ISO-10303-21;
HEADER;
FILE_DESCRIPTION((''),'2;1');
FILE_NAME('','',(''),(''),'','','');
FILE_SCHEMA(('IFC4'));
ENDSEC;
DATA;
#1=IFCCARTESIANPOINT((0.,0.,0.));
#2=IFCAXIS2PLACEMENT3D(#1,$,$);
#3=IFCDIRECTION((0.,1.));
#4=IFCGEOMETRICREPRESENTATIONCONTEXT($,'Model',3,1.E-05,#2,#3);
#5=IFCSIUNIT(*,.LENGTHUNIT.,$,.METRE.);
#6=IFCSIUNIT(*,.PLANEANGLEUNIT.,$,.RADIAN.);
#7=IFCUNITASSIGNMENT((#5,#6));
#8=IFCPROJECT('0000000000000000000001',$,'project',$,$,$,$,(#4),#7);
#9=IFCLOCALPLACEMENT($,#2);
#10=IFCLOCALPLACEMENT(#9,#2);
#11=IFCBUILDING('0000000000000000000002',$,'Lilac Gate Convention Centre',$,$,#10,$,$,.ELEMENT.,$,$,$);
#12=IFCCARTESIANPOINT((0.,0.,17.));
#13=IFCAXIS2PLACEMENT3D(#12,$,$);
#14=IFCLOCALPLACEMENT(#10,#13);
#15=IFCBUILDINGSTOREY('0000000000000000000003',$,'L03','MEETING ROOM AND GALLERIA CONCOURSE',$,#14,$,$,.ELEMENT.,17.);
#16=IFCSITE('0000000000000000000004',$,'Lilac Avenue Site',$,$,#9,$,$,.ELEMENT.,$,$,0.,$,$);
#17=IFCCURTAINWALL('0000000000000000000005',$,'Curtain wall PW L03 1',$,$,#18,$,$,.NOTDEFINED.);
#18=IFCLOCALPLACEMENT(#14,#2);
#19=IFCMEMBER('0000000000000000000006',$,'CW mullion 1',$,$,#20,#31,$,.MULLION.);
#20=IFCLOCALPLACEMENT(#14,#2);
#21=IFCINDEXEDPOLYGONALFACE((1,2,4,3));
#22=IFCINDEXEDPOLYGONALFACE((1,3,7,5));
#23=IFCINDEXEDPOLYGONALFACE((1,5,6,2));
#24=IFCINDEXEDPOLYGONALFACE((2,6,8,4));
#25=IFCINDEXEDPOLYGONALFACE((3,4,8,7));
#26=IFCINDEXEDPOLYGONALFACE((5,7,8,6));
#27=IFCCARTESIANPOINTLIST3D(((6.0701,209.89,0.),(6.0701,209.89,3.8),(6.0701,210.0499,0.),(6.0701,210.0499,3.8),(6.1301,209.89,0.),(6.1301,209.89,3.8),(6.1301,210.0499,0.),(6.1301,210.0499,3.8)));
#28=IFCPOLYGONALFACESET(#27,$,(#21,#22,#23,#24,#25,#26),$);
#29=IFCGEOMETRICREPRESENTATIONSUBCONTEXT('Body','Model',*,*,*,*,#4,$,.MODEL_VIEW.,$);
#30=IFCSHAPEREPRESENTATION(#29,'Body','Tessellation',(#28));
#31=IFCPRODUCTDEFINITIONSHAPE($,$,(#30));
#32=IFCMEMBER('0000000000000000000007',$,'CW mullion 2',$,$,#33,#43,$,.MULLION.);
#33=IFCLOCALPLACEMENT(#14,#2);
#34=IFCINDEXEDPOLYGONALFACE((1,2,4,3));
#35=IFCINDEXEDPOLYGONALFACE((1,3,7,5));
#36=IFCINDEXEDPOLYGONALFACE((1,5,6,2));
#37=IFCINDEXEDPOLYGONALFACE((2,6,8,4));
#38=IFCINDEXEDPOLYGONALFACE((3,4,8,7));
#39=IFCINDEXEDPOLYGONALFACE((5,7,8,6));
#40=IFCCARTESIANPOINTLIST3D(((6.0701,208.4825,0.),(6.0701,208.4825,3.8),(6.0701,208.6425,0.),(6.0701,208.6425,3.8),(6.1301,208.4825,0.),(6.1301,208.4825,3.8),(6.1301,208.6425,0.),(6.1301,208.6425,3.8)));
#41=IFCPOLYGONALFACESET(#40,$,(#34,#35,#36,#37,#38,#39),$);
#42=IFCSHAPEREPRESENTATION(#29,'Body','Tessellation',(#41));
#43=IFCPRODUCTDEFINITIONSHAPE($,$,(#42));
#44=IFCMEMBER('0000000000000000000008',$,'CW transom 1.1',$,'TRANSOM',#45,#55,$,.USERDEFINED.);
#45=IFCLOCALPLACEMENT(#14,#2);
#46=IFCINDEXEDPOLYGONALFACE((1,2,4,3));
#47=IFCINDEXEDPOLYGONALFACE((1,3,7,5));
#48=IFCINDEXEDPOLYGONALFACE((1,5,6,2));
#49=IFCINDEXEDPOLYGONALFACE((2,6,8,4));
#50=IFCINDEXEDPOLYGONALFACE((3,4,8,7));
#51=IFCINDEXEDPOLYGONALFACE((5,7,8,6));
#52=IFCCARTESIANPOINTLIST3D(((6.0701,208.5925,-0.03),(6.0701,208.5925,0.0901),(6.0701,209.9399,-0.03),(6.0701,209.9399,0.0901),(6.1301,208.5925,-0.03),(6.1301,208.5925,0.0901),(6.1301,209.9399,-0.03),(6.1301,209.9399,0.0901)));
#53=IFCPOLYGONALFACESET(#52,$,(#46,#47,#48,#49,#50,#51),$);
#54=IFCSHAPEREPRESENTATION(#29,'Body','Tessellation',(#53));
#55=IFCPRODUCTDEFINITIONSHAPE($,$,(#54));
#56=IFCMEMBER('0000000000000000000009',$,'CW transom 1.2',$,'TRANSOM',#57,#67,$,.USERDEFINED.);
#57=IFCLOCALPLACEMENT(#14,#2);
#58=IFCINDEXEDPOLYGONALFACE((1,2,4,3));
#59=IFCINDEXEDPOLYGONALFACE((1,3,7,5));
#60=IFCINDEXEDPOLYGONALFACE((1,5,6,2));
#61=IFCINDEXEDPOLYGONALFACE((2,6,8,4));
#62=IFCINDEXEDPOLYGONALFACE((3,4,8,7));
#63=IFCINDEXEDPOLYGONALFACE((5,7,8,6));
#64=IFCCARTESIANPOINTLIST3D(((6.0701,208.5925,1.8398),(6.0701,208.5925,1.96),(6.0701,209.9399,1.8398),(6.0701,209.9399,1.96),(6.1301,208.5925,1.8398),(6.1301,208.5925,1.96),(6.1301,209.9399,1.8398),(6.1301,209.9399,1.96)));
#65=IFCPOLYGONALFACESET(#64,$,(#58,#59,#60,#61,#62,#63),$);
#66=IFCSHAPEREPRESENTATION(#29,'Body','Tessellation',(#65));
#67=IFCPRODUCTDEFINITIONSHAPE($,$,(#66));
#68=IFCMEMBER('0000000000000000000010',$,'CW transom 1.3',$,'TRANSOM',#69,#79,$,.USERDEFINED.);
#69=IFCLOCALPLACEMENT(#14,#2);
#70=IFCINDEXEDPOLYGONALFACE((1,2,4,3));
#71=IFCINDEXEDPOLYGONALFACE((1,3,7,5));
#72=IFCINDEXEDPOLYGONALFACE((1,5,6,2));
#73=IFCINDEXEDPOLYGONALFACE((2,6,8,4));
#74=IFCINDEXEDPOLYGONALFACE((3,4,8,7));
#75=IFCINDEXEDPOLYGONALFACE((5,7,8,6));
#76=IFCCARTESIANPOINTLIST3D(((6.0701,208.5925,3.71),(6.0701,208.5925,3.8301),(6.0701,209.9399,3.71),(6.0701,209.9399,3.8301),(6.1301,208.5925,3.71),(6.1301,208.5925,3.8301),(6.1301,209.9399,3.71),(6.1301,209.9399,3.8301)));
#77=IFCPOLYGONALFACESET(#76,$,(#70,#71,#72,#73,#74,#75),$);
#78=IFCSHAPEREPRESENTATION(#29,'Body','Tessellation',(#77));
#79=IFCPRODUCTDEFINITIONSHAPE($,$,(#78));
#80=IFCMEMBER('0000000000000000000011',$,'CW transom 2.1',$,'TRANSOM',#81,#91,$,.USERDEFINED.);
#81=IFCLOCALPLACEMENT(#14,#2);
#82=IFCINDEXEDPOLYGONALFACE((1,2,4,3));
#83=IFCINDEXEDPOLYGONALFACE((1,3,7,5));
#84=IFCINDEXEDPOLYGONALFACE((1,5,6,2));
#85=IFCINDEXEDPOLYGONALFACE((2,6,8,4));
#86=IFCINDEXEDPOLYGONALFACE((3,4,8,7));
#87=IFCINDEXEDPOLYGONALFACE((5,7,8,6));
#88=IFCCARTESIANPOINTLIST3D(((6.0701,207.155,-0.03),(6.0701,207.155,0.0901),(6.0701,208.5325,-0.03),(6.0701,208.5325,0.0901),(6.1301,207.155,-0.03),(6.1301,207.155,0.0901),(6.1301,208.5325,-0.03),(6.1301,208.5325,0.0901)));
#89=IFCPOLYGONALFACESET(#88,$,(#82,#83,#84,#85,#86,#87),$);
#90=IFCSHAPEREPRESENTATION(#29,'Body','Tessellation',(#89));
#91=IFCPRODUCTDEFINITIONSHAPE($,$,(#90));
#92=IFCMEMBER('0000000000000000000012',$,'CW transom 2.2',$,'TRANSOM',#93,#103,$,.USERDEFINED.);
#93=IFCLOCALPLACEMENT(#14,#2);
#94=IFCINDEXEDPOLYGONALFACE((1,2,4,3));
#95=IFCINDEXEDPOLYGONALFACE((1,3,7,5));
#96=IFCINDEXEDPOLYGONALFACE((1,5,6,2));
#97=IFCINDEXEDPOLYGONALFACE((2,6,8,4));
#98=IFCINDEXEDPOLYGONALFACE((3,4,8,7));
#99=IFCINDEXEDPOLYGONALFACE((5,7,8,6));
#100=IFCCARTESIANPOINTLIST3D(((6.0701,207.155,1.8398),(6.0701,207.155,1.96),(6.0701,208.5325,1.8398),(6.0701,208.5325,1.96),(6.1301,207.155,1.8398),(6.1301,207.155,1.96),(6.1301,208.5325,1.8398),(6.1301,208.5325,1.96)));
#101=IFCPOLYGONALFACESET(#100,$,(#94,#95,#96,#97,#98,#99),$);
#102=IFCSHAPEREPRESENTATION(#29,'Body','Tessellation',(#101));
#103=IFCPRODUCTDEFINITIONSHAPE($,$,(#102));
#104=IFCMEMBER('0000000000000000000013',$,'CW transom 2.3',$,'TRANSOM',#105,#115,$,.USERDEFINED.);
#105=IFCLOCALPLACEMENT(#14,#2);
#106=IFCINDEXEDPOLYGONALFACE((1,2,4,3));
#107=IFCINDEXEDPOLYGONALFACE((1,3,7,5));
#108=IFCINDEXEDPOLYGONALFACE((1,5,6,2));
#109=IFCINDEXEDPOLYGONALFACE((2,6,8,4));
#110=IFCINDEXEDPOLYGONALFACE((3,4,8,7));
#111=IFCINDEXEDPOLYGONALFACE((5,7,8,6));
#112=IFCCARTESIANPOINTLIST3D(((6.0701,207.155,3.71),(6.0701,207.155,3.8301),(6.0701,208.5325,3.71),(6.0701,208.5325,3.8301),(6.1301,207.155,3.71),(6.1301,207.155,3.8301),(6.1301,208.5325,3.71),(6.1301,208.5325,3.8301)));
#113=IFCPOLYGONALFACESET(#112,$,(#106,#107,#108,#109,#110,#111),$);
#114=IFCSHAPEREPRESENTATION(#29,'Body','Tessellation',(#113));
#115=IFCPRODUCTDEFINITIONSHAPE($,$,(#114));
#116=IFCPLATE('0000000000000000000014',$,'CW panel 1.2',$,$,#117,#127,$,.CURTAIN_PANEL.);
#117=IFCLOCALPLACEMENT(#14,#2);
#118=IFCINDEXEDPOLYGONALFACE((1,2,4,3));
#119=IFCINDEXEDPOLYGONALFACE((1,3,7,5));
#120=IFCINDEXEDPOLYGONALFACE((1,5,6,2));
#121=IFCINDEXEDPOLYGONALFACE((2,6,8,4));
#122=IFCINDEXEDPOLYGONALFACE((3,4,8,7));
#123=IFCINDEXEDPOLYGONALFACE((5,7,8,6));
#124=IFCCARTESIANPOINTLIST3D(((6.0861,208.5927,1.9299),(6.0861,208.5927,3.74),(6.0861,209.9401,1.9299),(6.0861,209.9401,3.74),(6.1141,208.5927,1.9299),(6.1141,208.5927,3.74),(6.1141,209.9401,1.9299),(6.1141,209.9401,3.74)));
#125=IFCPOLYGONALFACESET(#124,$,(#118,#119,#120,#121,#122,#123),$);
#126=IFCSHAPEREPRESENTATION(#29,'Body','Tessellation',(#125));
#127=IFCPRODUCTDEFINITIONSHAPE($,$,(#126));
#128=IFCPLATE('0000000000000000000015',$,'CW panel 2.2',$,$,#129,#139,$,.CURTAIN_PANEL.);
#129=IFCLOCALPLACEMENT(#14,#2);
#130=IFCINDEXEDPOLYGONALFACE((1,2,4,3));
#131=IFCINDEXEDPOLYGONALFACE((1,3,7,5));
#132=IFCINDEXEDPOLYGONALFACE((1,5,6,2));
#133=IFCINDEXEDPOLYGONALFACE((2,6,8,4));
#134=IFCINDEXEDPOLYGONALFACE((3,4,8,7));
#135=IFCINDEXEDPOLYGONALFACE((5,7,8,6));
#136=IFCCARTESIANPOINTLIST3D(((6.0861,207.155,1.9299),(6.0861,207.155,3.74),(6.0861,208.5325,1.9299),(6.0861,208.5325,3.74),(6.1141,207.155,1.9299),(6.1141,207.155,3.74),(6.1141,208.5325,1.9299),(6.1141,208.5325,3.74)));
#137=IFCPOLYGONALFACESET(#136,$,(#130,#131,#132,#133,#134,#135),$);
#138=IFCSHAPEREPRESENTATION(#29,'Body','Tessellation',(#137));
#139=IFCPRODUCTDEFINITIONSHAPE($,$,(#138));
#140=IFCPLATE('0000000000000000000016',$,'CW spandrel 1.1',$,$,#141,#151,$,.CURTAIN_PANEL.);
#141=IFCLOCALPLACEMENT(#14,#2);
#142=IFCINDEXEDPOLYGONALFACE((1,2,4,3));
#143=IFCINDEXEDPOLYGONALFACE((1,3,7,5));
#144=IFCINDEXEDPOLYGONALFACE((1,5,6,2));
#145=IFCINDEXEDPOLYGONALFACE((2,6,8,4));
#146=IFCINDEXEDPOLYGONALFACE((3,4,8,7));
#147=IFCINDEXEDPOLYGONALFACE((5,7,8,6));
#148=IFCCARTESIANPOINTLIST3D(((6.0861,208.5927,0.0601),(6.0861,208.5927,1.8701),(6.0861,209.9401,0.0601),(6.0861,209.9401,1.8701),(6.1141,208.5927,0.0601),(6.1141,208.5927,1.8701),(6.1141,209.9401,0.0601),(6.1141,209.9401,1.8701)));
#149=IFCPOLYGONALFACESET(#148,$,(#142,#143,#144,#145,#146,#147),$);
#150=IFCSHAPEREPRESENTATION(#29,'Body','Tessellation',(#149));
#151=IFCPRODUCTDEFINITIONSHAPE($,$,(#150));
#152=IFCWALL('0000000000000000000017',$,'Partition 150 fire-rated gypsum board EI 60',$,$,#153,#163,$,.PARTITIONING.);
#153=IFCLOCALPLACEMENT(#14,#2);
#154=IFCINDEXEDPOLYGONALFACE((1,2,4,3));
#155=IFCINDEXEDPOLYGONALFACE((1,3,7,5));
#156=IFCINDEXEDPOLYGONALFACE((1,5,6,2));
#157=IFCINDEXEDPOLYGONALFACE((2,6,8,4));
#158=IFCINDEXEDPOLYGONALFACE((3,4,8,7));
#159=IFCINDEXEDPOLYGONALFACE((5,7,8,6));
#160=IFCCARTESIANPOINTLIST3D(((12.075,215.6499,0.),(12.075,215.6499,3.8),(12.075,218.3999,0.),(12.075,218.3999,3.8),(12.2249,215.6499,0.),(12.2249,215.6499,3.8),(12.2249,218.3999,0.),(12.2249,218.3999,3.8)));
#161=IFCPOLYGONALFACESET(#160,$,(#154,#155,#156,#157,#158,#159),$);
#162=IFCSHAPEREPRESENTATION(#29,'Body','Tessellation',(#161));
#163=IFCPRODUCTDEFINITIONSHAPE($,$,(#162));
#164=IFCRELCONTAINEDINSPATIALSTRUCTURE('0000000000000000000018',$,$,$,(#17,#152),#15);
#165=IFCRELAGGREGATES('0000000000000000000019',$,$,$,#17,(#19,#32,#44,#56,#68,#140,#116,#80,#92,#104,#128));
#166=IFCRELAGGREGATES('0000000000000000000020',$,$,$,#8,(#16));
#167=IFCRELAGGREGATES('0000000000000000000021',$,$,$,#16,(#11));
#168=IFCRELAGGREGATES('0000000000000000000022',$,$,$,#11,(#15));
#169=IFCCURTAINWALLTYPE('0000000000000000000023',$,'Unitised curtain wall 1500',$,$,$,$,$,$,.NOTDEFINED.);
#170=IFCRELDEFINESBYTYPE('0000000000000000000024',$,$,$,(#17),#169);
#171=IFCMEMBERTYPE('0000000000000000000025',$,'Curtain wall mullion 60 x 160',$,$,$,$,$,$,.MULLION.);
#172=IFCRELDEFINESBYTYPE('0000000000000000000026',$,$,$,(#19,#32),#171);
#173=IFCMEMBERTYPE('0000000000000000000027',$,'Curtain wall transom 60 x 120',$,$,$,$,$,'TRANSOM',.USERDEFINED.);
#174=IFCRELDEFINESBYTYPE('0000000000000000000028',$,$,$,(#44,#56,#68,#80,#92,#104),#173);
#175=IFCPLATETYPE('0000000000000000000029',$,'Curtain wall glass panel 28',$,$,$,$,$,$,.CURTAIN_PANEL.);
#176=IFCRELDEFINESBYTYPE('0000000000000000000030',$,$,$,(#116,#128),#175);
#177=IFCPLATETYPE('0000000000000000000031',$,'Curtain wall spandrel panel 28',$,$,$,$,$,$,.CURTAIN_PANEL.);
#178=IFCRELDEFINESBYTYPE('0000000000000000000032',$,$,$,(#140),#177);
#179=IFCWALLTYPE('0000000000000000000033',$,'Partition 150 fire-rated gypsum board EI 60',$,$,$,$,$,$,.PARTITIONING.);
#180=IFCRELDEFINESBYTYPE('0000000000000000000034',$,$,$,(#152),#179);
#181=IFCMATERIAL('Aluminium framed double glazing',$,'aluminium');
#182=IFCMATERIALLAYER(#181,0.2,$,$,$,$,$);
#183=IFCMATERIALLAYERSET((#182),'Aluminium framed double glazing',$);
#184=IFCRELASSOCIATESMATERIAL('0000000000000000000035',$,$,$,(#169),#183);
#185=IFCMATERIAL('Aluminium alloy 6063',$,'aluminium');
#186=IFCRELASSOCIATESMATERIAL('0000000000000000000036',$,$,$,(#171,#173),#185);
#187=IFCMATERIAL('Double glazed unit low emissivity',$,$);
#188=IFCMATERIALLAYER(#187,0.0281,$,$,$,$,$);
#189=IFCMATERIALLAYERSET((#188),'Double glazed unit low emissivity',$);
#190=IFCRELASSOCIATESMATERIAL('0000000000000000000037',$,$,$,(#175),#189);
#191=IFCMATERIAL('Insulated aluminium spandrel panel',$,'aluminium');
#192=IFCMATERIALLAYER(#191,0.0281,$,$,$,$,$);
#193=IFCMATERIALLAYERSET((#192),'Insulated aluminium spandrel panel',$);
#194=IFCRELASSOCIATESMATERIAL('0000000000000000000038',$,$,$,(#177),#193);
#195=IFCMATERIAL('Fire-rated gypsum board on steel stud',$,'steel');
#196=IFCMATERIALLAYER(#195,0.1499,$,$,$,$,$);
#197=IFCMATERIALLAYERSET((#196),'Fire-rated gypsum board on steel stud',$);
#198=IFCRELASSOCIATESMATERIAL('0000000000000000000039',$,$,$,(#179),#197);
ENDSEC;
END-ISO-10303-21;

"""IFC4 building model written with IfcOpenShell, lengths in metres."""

from ifc_helpers import new_model, si_unit, direction, frame, frame_2d, origin, origin_2d, place, context, subcontext, project, spatial, rectangle, extrude, material, layer, layer_set, material_profile, profile_set, type_object, element, aggregate, save


model = new_model("IFC4")

# Units and contexts
model_context = context("Model", 3, precision=1e-05, world=origin(), true_north=direction((0.0, 1.0)))
body_context = subcontext(model_context, "Body", "Model", "MODEL_VIEW")
ifc_project = project(units=[si_unit("LENGTHUNIT", "METRE"), si_unit("PLANEANGLEUNIT", "RADIAN")], contexts=[model_context])

# Site, building, storey
site_placement = place(None, origin())
site = spatial("IfcSite", under=ifc_project, at=site_placement, Name="Lilac Avenue Site", CompositionType="ELEMENT", RefElevation=0.0)
building_placement = place(site_placement, origin())
building = spatial("IfcBuilding", under=site, at=building_placement, Name="Lilac Gate Convention Centre", CompositionType="ELEMENT")
storey_placement = place(building_placement, frame((0.0, 0.0, 17.0)))
storey = spatial("IfcBuildingStorey", under=building, at=storey_placement, Name="L03", Description="MEETING ROOM AND GALLERIA CONCOURSE", CompositionType="ELEMENT", Elevation=17.0)

# Curtain wall, members, plates
ifc_material_1 = material(Name="Aluminium framed double glazing", Category="aluminium")
ifc_layer_1 = layer(ifc_material_1, 0.2)
ifc_layer_set_1 = layer_set([ifc_layer_1], Name="Aluminium framed double glazing")
curtain_wall_type = type_object("IfcCurtainWallType", Name="Unitised curtain wall 1500", PredefinedType="NOTDEFINED", material=ifc_layer_set_1)
curtain_wall_placement = place(storey_placement, origin())
curtain_wall = element("IfcCurtainWall", 1, at=curtain_wall_placement, inside=storey, type_object=curtain_wall_type, Name="Curtain wall PW L03 1", PredefinedType="NOTDEFINED")
ifc_material_2 = material(Name="Aluminium alloy 6063", Category="aluminium")
ifc_material_profile_1 = material_profile(ifc_material_2, rectangle(XDim=0.0601, YDim=0.1599, at=origin_2d()), Name="Curtain wall mullion 60 x 160")
ifc_profile_set_1 = profile_set([ifc_material_profile_1], Name="Aluminium alloy 6063")
member_type_1 = type_object("IfcMemberType", Name="Curtain wall mullion 60 x 160", PredefinedType="MULLION", material=ifc_profile_set_1)
member_1_placement = place(storey_placement, frame((6.1001, 209.97, 0.0), z_axis=(0.0, 0.0, 1.0), x_axis=(1.0, 0.0, 0.0)))
member_1 = element("IfcMember", 2, at=member_1_placement, type_object=member_type_1, Name="CW mullion 1", PredefinedType="MULLION", context=body_context, shape_type="SweptSolid", body=[
    extrude(rectangle(XDim=0.0601, YDim=0.1599, at=origin_2d()), origin(), (0.0, 0.0, 1.0), 3.8),
])
member_2_placement = place(storey_placement, frame((6.1001, 208.5625, 0.0), z_axis=(0.0, 0.0, 1.0), x_axis=(1.0, 0.0, 0.0)))
member_2 = element("IfcMember", 3, at=member_2_placement, type_object=member_type_1, Name="CW mullion 2", PredefinedType="MULLION", context=body_context, shape_type="SweptSolid", body=[
    extrude(rectangle(XDim=0.0601, YDim=0.1599, at=origin_2d()), origin(), (0.0, 0.0, 1.0), 3.8),
])
ifc_material_profile_2 = material_profile(ifc_material_2, rectangle(XDim=0.0601, YDim=0.1201, at=origin_2d()), Name="Curtain wall transom 60 x 120")
ifc_profile_set_2 = profile_set([ifc_material_profile_2], Name="Aluminium alloy 6063")
member_type_2 = type_object("IfcMemberType", Name="Curtain wall transom 60 x 120", ElementType="TRANSOM", PredefinedType="USERDEFINED", material=ifc_profile_set_2)
member_3_placement = place(storey_placement, frame((6.1001, 209.9399, 0.03), z_axis=(0.0, -1.0, 0.0), x_axis=(1.0, 0.0, 0.0)))
member_3 = element("IfcMember", 4, at=member_3_placement, type_object=member_type_2, Name="CW transom 1.1", ObjectType="TRANSOM", PredefinedType="USERDEFINED", context=body_context, shape_type="SweptSolid", body=[
    extrude(rectangle(XDim=0.0601, YDim=0.1201, at=origin_2d()), origin(), (0.0, 0.0, 1.0), 1.3474),
])
member_4_placement = place(storey_placement, frame((6.1001, 209.9399, 1.8999), z_axis=(0.0, -1.0, 0.0), x_axis=(1.0, 0.0, 0.0)))
member_4 = element("IfcMember", 5, at=member_4_placement, type_object=member_type_2, Name="CW transom 1.2", ObjectType="TRANSOM", PredefinedType="USERDEFINED", context=body_context, shape_type="SweptSolid", body=[
    extrude(rectangle(XDim=0.0601, YDim=0.1201, at=origin_2d()), origin(), (0.0, 0.0, 1.0), 1.3474),
])
member_5_placement = place(storey_placement, frame((6.1001, 209.9399, 3.77), z_axis=(0.0, -1.0, 0.0), x_axis=(1.0, 0.0, 0.0)))
member_5 = element("IfcMember", 6, at=member_5_placement, type_object=member_type_2, Name="CW transom 1.3", ObjectType="TRANSOM", PredefinedType="USERDEFINED", context=body_context, shape_type="SweptSolid", body=[
    extrude(rectangle(XDim=0.0601, YDim=0.1201, at=origin_2d()), origin(), (0.0, 0.0, 1.0), 1.3474),
])
member_6_placement = place(storey_placement, frame((6.1001, 208.5325, 0.03), z_axis=(0.0, -1.0, 0.0), x_axis=(1.0, 0.0, 0.0)))
member_6 = element("IfcMember", 7, at=member_6_placement, type_object=member_type_2, Name="CW transom 2.1", ObjectType="TRANSOM", PredefinedType="USERDEFINED", context=body_context, shape_type="SweptSolid", body=[
    extrude(rectangle(XDim=0.0601, YDim=0.1201, at=origin_2d()), origin(), (0.0, 0.0, 1.0), 1.3774),
])
member_7_placement = place(storey_placement, frame((6.1001, 208.5325, 1.8999), z_axis=(0.0, -1.0, 0.0), x_axis=(1.0, 0.0, 0.0)))
member_7 = element("IfcMember", 8, at=member_7_placement, type_object=member_type_2, Name="CW transom 2.2", ObjectType="TRANSOM", PredefinedType="USERDEFINED", context=body_context, shape_type="SweptSolid", body=[
    extrude(rectangle(XDim=0.0601, YDim=0.1201, at=origin_2d()), origin(), (0.0, 0.0, 1.0), 1.3774),
])
member_8_placement = place(storey_placement, frame((6.1001, 208.5325, 3.77), z_axis=(0.0, -1.0, 0.0), x_axis=(1.0, 0.0, 0.0)))
member_8 = element("IfcMember", 9, at=member_8_placement, type_object=member_type_2, Name="CW transom 2.3", ObjectType="TRANSOM", PredefinedType="USERDEFINED", context=body_context, shape_type="SweptSolid", body=[
    extrude(rectangle(XDim=0.0601, YDim=0.1201, at=origin_2d()), origin(), (0.0, 0.0, 1.0), 1.3774),
])
ifc_material_3 = material(Name="Double glazed unit low emissivity")
ifc_layer_2 = layer(ifc_material_3, 0.0281)
ifc_layer_set_2 = layer_set([ifc_layer_2], Name="Double glazed unit low emissivity")
plate_type_1 = type_object("IfcPlateType", Name="Curtain wall glass panel 28", PredefinedType="CURTAIN_PANEL", material=ifc_layer_set_2)
plate_1_placement = place(storey_placement, frame((6.1001, 209.2664, 1.9299), z_axis=(0.0, 0.0, 1.0), x_axis=(0.0, -1.0, 0.0)))
plate_1 = element("IfcPlate", 10, at=plate_1_placement, type_object=plate_type_1, Name="CW panel 1.2", PredefinedType="CURTAIN_PANEL", context=body_context, shape_type="SweptSolid", body=[
    extrude(rectangle(XDim=1.3474, YDim=0.0281, at=origin_2d()), origin(), (0.0, 0.0, 1.0), 1.8101),
])
plate_2_placement = place(storey_placement, frame((6.1001, 207.8438, 1.9299), z_axis=(0.0, 0.0, 1.0), x_axis=(0.0, -1.0, 0.0)))
plate_2 = element("IfcPlate", 11, at=plate_2_placement, type_object=plate_type_1, Name="CW panel 2.2", PredefinedType="CURTAIN_PANEL", context=body_context, shape_type="SweptSolid", body=[
    extrude(rectangle(XDim=1.3774, YDim=0.0281, at=origin_2d()), origin(), (0.0, 0.0, 1.0), 1.8101),
])
ifc_material_4 = material(Name="Insulated aluminium spandrel panel", Category="aluminium")
ifc_layer_3 = layer(ifc_material_4, 0.0281)
ifc_layer_set_3 = layer_set([ifc_layer_3], Name="Insulated aluminium spandrel panel")
plate_type_2 = type_object("IfcPlateType", Name="Curtain wall spandrel panel 28", PredefinedType="CURTAIN_PANEL", material=ifc_layer_set_3)
plate_3_placement = place(storey_placement, frame((6.1001, 209.2664, 0.0601), z_axis=(0.0, 0.0, 1.0), x_axis=(0.0, -1.0, 0.0)))
plate_3 = element("IfcPlate", 12, at=plate_3_placement, type_object=plate_type_2, Name="CW spandrel 1.1", PredefinedType="CURTAIN_PANEL", context=body_context, shape_type="SweptSolid", body=[
    extrude(rectangle(XDim=1.3474, YDim=0.0281, at=origin_2d()), origin(), (0.0, 0.0, 1.0), 1.8101),
])
aggregate(curtain_wall, [member_1, member_2, member_3, member_4, member_5, plate_3, plate_1, member_6, member_7, member_8, plate_2])

# Wall
ifc_material_5 = material(Name="Fire-rated gypsum board on steel stud", Category="steel")
ifc_layer_4 = layer(ifc_material_5, 0.1499)
ifc_layer_set_4 = layer_set([ifc_layer_4], Name="Fire-rated gypsum board on steel stud")
wall_type_1 = type_object("IfcWallType", Name="Partition 150 fire-rated gypsum board EI 60", PredefinedType="PARTITIONING", material=ifc_layer_set_4)
wall_1_placement = place(storey_placement, frame((12.1499, 215.6499, 0.0), z_axis=(0.0, 0.0, 1.0), x_axis=(0.0, 1.0, 0.0)))
element("IfcWall", 13, at=wall_1_placement, inside=storey, type_object=wall_type_1, Name="Partition 150 fire-rated gypsum board EI 60", PredefinedType="PARTITIONING", context=body_context, shape_type="SweptSolid", body=[
    extrude(rectangle(XDim=2.75, YDim=0.1499, at=frame_2d((1.375, 0.0))), origin(), (0.0, 0.0, 1.0), 3.8),
])

save(model, "model.ifc")
